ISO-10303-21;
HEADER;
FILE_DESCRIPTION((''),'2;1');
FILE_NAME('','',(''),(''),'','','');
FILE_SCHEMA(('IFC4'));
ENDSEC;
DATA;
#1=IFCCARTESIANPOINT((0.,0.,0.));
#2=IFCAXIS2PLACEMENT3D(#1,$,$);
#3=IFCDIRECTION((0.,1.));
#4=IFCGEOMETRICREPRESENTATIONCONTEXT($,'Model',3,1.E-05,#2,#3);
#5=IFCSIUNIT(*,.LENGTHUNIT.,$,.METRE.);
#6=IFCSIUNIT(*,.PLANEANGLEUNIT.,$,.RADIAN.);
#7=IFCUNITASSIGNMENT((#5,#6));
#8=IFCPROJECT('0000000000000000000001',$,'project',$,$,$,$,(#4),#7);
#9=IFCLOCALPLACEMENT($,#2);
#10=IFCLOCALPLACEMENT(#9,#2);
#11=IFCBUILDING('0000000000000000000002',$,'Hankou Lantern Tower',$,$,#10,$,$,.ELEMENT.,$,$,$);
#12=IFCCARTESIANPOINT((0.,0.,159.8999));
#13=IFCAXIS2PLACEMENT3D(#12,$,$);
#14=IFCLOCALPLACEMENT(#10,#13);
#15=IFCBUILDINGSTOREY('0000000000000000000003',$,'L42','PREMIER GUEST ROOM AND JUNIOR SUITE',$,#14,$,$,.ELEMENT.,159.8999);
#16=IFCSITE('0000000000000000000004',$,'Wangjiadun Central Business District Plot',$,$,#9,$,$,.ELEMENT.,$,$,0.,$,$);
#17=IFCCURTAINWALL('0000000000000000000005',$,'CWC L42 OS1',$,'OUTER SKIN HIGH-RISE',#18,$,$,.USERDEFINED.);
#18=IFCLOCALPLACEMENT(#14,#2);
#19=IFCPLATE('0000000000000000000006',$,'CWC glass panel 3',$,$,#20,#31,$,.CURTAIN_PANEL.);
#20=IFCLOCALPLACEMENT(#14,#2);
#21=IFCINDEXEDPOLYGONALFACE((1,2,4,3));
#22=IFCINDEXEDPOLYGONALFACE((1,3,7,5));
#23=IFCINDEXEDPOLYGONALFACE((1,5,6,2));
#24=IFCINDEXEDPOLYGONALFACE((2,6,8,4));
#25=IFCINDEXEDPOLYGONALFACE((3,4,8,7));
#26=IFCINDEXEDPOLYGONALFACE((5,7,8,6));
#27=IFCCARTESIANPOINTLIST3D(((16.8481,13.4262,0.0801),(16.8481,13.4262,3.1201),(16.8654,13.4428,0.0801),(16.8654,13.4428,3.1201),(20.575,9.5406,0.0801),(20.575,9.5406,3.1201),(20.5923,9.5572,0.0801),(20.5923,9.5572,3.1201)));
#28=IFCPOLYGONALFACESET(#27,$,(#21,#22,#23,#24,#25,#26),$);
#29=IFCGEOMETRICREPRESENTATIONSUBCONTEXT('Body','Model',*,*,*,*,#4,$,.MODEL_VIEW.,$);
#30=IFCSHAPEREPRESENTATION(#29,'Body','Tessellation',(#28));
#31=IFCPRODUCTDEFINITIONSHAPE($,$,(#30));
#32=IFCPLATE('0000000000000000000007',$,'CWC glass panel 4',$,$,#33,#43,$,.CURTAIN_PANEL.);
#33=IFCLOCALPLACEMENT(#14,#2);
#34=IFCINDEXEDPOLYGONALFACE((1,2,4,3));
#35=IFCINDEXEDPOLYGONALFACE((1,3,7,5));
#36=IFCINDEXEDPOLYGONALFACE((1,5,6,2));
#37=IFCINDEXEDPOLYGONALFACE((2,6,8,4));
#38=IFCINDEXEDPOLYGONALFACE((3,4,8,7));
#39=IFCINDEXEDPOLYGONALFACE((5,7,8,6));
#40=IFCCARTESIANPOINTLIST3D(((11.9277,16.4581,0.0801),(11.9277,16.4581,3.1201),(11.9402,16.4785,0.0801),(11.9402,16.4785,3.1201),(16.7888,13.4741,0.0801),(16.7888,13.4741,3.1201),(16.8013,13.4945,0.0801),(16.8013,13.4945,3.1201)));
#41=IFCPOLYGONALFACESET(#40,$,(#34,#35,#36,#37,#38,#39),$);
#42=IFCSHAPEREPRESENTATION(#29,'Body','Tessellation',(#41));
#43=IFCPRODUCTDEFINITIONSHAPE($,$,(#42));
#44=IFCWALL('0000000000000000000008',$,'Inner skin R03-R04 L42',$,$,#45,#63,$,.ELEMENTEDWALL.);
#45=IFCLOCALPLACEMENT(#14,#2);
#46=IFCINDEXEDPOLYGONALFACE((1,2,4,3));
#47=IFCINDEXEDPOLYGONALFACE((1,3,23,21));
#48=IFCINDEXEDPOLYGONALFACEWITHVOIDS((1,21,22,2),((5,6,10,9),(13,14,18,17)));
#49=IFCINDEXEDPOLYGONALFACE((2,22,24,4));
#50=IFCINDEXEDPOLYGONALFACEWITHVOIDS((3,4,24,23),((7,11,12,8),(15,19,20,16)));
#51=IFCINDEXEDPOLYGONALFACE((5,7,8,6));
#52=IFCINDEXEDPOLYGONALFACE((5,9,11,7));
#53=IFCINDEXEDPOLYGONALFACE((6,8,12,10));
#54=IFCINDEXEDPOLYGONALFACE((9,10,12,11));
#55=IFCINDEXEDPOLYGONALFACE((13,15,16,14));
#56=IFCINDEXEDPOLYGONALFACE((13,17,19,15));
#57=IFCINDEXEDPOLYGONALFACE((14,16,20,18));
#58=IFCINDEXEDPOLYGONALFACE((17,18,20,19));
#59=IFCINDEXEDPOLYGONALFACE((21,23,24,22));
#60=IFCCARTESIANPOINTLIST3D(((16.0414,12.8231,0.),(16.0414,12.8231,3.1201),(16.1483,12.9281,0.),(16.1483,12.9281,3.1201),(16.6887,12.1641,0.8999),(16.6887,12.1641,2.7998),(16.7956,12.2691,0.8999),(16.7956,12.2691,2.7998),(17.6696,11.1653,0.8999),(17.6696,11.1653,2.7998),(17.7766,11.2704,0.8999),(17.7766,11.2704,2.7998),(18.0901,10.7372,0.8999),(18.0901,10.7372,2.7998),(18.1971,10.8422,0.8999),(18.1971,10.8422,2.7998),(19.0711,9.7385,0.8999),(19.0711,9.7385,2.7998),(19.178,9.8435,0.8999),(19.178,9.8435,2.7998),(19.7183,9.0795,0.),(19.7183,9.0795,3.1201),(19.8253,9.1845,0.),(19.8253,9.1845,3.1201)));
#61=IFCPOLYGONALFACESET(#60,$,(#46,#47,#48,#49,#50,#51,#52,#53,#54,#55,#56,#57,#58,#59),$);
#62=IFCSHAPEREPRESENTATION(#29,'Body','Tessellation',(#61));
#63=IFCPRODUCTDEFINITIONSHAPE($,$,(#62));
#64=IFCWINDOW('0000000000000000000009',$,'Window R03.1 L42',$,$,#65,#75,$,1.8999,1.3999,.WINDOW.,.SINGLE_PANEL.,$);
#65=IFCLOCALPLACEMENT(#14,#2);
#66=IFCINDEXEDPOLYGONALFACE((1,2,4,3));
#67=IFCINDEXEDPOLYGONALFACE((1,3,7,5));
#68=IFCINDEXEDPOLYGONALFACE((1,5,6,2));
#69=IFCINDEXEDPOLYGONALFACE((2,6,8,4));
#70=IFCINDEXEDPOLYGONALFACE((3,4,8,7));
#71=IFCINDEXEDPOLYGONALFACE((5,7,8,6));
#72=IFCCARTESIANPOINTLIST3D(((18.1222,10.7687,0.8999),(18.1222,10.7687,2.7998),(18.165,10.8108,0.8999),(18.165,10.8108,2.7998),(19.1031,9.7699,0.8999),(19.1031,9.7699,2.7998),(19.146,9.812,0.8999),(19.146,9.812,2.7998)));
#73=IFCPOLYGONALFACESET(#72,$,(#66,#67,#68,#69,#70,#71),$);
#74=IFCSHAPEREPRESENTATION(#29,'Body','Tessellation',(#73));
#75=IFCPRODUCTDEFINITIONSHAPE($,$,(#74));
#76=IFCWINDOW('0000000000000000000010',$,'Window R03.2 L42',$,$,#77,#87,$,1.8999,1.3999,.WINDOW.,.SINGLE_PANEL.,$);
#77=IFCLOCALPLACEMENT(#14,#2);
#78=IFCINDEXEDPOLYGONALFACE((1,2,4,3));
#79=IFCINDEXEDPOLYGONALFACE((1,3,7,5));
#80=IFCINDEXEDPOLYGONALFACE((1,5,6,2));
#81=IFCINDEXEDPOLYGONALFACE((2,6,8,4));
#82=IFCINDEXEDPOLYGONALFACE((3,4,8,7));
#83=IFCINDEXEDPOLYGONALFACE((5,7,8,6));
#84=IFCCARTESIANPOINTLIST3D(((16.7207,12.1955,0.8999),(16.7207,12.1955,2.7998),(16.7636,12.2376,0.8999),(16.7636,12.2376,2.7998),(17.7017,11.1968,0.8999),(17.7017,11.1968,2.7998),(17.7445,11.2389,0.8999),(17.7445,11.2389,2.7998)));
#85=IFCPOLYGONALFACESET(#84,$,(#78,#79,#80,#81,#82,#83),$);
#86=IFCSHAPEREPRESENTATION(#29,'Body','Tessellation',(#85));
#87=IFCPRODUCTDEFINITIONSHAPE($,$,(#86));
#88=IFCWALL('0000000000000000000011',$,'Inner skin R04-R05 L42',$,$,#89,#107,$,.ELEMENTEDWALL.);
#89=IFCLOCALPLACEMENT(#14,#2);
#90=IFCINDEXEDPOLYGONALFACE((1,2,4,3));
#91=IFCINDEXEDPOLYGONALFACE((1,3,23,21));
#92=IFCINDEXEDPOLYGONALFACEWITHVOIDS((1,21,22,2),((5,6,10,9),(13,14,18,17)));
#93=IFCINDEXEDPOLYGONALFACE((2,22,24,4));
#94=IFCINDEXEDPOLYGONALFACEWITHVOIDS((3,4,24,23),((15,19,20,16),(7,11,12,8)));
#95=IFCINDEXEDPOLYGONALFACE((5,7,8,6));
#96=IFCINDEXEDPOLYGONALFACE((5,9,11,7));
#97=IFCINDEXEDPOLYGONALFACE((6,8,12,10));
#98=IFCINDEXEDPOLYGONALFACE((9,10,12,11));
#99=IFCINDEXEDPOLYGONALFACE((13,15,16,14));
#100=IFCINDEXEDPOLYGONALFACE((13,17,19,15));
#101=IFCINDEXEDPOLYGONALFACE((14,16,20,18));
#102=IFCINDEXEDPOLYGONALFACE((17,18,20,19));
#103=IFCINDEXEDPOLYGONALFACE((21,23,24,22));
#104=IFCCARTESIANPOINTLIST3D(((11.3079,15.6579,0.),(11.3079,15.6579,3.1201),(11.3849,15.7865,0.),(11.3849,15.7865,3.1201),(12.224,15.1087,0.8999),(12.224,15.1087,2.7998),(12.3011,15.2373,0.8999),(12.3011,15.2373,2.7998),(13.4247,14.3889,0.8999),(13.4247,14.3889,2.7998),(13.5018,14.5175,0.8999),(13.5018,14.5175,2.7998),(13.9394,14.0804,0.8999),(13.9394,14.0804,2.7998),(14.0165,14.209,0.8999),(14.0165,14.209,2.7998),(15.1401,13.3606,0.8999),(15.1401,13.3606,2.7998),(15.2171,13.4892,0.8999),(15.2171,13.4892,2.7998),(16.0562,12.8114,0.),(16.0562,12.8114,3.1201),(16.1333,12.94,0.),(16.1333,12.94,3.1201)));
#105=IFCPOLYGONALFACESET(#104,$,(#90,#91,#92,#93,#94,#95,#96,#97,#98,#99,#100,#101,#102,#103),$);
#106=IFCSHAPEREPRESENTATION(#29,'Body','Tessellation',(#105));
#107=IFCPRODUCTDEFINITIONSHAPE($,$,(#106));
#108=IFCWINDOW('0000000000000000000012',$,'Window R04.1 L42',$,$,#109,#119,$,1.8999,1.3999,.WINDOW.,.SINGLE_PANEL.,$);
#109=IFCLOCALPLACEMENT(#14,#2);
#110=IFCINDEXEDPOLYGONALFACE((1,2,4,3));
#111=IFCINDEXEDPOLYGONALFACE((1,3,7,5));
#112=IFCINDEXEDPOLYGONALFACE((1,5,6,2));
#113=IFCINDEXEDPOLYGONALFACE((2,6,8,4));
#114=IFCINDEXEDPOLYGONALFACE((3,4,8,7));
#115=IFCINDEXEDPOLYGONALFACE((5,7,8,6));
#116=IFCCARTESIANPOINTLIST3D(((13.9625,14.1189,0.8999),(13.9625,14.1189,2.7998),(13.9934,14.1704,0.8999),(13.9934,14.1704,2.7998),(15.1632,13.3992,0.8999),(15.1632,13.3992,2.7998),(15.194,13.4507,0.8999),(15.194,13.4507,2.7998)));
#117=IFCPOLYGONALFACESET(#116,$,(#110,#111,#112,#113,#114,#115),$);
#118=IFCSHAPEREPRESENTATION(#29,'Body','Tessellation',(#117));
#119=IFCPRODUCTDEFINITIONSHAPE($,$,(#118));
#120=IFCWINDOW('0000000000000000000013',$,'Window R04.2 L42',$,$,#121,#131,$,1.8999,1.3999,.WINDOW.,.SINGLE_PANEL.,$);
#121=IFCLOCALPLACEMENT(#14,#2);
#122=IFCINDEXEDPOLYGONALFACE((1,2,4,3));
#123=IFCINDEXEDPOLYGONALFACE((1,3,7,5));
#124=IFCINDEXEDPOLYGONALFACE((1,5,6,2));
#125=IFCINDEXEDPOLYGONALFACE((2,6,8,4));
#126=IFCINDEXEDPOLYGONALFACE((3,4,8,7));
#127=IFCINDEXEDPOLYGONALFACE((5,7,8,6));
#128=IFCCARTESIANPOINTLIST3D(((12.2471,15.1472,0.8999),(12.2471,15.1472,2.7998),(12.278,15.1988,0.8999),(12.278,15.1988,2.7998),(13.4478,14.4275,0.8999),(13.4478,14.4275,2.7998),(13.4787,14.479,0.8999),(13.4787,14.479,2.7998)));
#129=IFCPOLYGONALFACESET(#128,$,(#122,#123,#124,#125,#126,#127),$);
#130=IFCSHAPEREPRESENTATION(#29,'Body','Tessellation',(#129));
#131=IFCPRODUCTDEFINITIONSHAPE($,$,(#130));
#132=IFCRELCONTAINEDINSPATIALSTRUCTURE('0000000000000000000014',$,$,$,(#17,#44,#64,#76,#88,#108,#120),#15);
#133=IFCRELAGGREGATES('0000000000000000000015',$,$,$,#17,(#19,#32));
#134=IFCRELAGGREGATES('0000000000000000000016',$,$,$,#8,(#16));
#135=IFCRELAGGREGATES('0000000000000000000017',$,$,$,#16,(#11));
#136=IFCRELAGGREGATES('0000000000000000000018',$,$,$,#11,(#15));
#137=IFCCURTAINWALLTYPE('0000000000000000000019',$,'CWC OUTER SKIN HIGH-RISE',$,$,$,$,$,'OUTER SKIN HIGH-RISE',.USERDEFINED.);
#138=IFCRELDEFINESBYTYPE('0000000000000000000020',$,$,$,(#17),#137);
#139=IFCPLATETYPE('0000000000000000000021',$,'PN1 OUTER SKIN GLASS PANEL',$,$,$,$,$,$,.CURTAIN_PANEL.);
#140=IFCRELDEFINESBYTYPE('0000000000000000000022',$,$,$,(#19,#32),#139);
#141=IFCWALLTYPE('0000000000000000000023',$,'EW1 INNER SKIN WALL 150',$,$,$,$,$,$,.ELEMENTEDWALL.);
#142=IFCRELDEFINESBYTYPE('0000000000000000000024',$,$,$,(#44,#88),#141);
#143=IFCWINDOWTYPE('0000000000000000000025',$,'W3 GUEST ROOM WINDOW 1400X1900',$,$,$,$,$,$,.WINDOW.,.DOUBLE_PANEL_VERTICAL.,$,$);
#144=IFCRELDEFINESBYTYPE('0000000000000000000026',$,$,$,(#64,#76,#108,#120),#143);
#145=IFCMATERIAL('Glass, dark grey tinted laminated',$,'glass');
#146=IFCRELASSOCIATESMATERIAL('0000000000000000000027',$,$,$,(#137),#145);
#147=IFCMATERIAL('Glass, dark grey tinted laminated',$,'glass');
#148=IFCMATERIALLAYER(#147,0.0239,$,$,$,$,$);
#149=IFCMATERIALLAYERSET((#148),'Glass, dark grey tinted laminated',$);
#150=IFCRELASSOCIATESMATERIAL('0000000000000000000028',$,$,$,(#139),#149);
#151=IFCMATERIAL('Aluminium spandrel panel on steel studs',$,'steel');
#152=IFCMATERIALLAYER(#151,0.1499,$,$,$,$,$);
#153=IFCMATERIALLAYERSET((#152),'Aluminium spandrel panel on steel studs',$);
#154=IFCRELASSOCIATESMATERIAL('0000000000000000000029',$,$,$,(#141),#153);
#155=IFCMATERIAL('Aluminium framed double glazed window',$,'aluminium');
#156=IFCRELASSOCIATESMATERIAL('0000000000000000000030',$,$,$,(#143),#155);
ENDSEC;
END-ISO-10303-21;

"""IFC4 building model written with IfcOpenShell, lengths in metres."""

from ifc_helpers import new_model, si_unit, direction, frame, frame_2d, origin, origin_2d, place, context, subcontext, project, spatial, rectangle, extrude, material, layer, layer_set, type_object, element, fill, aggregate, save


model = new_model("IFC4")

# Units and contexts
model_context = context("Model", 3, precision=1e-05, world=origin(), true_north=direction((0.0, 1.0)))
body_context = subcontext(model_context, "Body", "Model", "MODEL_VIEW")
ifc_project = project(units=[si_unit("LENGTHUNIT", "METRE"), si_unit("PLANEANGLEUNIT", "RADIAN")], contexts=[model_context])

# Site, building, storey
site_placement = place(None, origin())
site = spatial("IfcSite", under=ifc_project, at=site_placement, Name="Wangjiadun Central Business District Plot", CompositionType="ELEMENT", RefElevation=0.0)
building_placement = place(site_placement, origin())
building = spatial("IfcBuilding", under=site, at=building_placement, Name="Hankou Lantern Tower", CompositionType="ELEMENT")
storey_placement = place(building_placement, frame((0.0, 0.0, 159.8999)))
storey = spatial("IfcBuildingStorey", under=building, at=storey_placement, Name="L42", Description="PREMIER GUEST ROOM AND JUNIOR SUITE", CompositionType="ELEMENT", Elevation=159.8999)

# Curtain wall
ifc_material_1 = material(Name="Glass, dark grey tinted laminated", Category="glass")
curtain_wall_type = type_object("IfcCurtainWallType", Name="CWC OUTER SKIN HIGH-RISE", ElementType="OUTER SKIN HIGH-RISE", PredefinedType="USERDEFINED", material=ifc_material_1)
curtain_wall_placement = place(storey_placement, origin())
curtain_wall = element("IfcCurtainWall", 1, at=curtain_wall_placement, inside=storey, type_object=curtain_wall_type, Name="CWC L42 OS1", ObjectType="OUTER SKIN HIGH-RISE", PredefinedType="USERDEFINED")

# Plates
ifc_material_2 = material(Name="Glass, dark grey tinted laminated", Category="glass")
ifc_layer_1 = layer(ifc_material_2, 0.0239)
ifc_layer_set_1 = layer_set([ifc_layer_1], Name="Glass, dark grey tinted laminated")
plate_type = type_object("IfcPlateType", Name="PN1 OUTER SKIN GLASS PANEL", PredefinedType="CURTAIN_PANEL", material=ifc_layer_set_1)
plate_1_placement = place(storey_placement, frame((18.7202, 11.4917, 0.0801), z_axis=(0.0, 0.0, 1.0), x_axis=(-0.692216, 0.721691, 0.0)))
plate_1 = element("IfcPlate", 2, at=plate_1_placement, type_object=plate_type, Name="CWC glass panel 3", PredefinedType="CURTAIN_PANEL", context=body_context, shape_type="SweptSolid", body=[
    extrude(rectangle(XDim=5.384, YDim=0.0239, at=origin_2d()), origin(), (0.0, 0.0, 1.0), 3.04),
])
plate_2_placement = place(storey_placement, frame((14.3645, 14.9763, 0.0801), z_axis=(0.0, 0.0, 1.0), x_axis=(-0.852237, 0.523156, 0.0)))
plate_2 = element("IfcPlate", 3, at=plate_2_placement, type_object=plate_type, Name="CWC glass panel 4", PredefinedType="CURTAIN_PANEL", context=body_context, shape_type="SweptSolid", body=[
    extrude(rectangle(XDim=5.7039, YDim=0.0239, at=origin_2d()), origin(), (0.0, 0.0, 1.0), 3.04),
])
aggregate(curtain_wall, [plate_1, plate_2])

# Walls, openings, windows
ifc_material_3 = material(Name="Aluminium spandrel panel on steel studs", Category="steel")
ifc_layer_2 = layer(ifc_material_3, 0.1499)
ifc_layer_set_2 = layer_set([ifc_layer_2], Name="Aluminium spandrel panel on steel studs")
wall_type_1 = type_object("IfcWallType", Name="EW1 INNER SKIN WALL 150", PredefinedType="ELEMENTEDWALL", material=ifc_layer_set_2)
wall_1_placement = place(storey_placement, frame((19.7717, 9.1321, 0.0), z_axis=(0.0, 0.0, 1.0), x_axis=(-0.700727, 0.713429, 0.0)))
wall_1 = element("IfcWall", 4, at=wall_1_placement, inside=storey, type_object=wall_type_1, Name="Inner skin R03-R04 L42", PredefinedType="ELEMENTEDWALL", context=body_context, shape_type="SweptSolid", body=[
    extrude(rectangle(XDim=5.2473, YDim=0.1499, at=frame_2d((2.6235, 0.0))), origin(), (0.0, 0.0, 1.0), 3.1201),
])
opening_1_placement = place(wall_1_placement, frame((0.9236, 0.0, 0.8999)))
opening_1 = element("IfcOpeningElement", 5, at=opening_1_placement, cuts=wall_1, PredefinedType="OPENING", context=body_context, shape_type="SweptSolid", body=[
    extrude(rectangle(XDim=1.3999, YDim=1.8999, at=frame_2d((0.7, 0.95))), frame((0.0, 0.085, 0.0), z_axis=(0.0, -1.0, 0.0), x_axis=(1.0, 0.0, 0.0)), (0.0, 0.0, 1.0), 0.1699),
])
opening_2_placement = place(wall_1_placement, frame((2.9236, 0.0, 0.8999)))
opening_2 = element("IfcOpeningElement", 6, at=opening_2_placement, cuts=wall_1, PredefinedType="OPENING", context=body_context, shape_type="SweptSolid", body=[
    extrude(rectangle(XDim=1.3999, YDim=1.8999, at=frame_2d((0.7, 0.95))), frame((0.0, 0.085, 0.0), z_axis=(0.0, -1.0, 0.0), x_axis=(1.0, 0.0, 0.0)), (0.0, 0.0, 1.0), 0.1699),
])
ifc_material_4 = material(Name="Aluminium framed double glazed window", Category="aluminium")
window_type = type_object("IfcWindowType", Name="W3 GUEST ROOM WINDOW 1400X1900", PartitioningType="DOUBLE_PANEL_VERTICAL", PredefinedType="WINDOW", material=ifc_material_4)
window_1_placement = place(opening_1_placement, origin())
window_1 = element("IfcWindow", 7, at=window_1_placement, inside=storey, type_object=window_type, Name="Window R03.1 L42", OverallHeight=1.8999, OverallWidth=1.3999, PartitioningType="SINGLE_PANEL", PredefinedType="WINDOW", context=body_context, shape_type="SweptSolid", body=[
    extrude(rectangle(XDim=1.3999, YDim=1.8999, at=frame_2d((0.7, 0.95))), frame((0.0, 0.03, 0.0), z_axis=(0.0, -1.0, 0.0), x_axis=(1.0, 0.0, 0.0)), (0.0, 0.0, 1.0), 0.0601),
])
fill(opening_1, window_1)
window_2_placement = place(opening_2_placement, origin())
window_2 = element("IfcWindow", 8, at=window_2_placement, inside=storey, type_object=window_type, Name="Window R03.2 L42", OverallHeight=1.8999, OverallWidth=1.3999, PartitioningType="SINGLE_PANEL", PredefinedType="WINDOW", context=body_context, shape_type="SweptSolid", body=[
    extrude(rectangle(XDim=1.3999, YDim=1.8999, at=frame_2d((0.7, 0.95))), frame((0.0, 0.03, 0.0), z_axis=(0.0, -1.0, 0.0), x_axis=(1.0, 0.0, 0.0)), (0.0, 0.0, 1.0), 0.0601),
])
fill(opening_2, window_2)
wall_2_placement = place(storey_placement, frame((16.0947, 12.8757, 0.0), z_axis=(0.0, 0.0, 1.0), x_axis=(-0.857695, 0.514158, 0.0)))
wall_2 = element("IfcWall", 9, at=wall_2_placement, inside=storey, type_object=wall_type_1, Name="Inner skin R04-R05 L42", PredefinedType="ELEMENTEDWALL", context=body_context, shape_type="SweptSolid", body=[
    extrude(rectangle(XDim=5.5361, YDim=0.1499, at=frame_2d((2.7681, 0.0))), origin(), (0.0, 0.0, 1.0), 3.1201),
])
opening_3_placement = place(wall_2_placement, frame((1.0681, 0.0, 0.8999)))
opening_3 = element("IfcOpeningElement", 10, at=opening_3_placement, cuts=wall_2, PredefinedType="OPENING", context=body_context, shape_type="SweptSolid", body=[
    extrude(rectangle(XDim=1.3999, YDim=1.8999, at=frame_2d((0.7, 0.95))), frame((0.0, 0.085, 0.0), z_axis=(0.0, -1.0, 0.0), x_axis=(1.0, 0.0, 0.0)), (0.0, 0.0, 1.0), 0.1699),
])
opening_4_placement = place(wall_2_placement, frame((3.0681, 0.0, 0.8999)))
opening_4 = element("IfcOpeningElement", 11, at=opening_4_placement, cuts=wall_2, PredefinedType="OPENING", context=body_context, shape_type="SweptSolid", body=[
    extrude(rectangle(XDim=1.3999, YDim=1.8999, at=frame_2d((0.7, 0.95))), frame((0.0, 0.085, 0.0), z_axis=(0.0, -1.0, 0.0), x_axis=(1.0, 0.0, 0.0)), (0.0, 0.0, 1.0), 0.1699),
])
window_3_placement = place(opening_3_placement, origin())
window_3 = element("IfcWindow", 12, at=window_3_placement, inside=storey, type_object=window_type, Name="Window R04.1 L42", OverallHeight=1.8999, OverallWidth=1.3999, PartitioningType="SINGLE_PANEL", PredefinedType="WINDOW", context=body_context, shape_type="SweptSolid", body=[
    extrude(rectangle(XDim=1.3999, YDim=1.8999, at=frame_2d((0.7, 0.95))), frame((0.0, 0.03, 0.0), z_axis=(0.0, -1.0, 0.0), x_axis=(1.0, 0.0, 0.0)), (0.0, 0.0, 1.0), 0.0601),
])
fill(opening_3, window_3)
window_4_placement = place(opening_4_placement, origin())
window_4 = element("IfcWindow", 13, at=window_4_placement, inside=storey, type_object=window_type, Name="Window R04.2 L42", OverallHeight=1.8999, OverallWidth=1.3999, PartitioningType="SINGLE_PANEL", PredefinedType="WINDOW", context=body_context, shape_type="SweptSolid", body=[
    extrude(rectangle(XDim=1.3999, YDim=1.8999, at=frame_2d((0.7, 0.95))), frame((0.0, 0.03, 0.0), z_axis=(0.0, -1.0, 0.0), x_axis=(1.0, 0.0, 0.0)), (0.0, 0.0, 1.0), 0.0601),
])
fill(opening_4, window_4)

save(model, "model.ifc")
